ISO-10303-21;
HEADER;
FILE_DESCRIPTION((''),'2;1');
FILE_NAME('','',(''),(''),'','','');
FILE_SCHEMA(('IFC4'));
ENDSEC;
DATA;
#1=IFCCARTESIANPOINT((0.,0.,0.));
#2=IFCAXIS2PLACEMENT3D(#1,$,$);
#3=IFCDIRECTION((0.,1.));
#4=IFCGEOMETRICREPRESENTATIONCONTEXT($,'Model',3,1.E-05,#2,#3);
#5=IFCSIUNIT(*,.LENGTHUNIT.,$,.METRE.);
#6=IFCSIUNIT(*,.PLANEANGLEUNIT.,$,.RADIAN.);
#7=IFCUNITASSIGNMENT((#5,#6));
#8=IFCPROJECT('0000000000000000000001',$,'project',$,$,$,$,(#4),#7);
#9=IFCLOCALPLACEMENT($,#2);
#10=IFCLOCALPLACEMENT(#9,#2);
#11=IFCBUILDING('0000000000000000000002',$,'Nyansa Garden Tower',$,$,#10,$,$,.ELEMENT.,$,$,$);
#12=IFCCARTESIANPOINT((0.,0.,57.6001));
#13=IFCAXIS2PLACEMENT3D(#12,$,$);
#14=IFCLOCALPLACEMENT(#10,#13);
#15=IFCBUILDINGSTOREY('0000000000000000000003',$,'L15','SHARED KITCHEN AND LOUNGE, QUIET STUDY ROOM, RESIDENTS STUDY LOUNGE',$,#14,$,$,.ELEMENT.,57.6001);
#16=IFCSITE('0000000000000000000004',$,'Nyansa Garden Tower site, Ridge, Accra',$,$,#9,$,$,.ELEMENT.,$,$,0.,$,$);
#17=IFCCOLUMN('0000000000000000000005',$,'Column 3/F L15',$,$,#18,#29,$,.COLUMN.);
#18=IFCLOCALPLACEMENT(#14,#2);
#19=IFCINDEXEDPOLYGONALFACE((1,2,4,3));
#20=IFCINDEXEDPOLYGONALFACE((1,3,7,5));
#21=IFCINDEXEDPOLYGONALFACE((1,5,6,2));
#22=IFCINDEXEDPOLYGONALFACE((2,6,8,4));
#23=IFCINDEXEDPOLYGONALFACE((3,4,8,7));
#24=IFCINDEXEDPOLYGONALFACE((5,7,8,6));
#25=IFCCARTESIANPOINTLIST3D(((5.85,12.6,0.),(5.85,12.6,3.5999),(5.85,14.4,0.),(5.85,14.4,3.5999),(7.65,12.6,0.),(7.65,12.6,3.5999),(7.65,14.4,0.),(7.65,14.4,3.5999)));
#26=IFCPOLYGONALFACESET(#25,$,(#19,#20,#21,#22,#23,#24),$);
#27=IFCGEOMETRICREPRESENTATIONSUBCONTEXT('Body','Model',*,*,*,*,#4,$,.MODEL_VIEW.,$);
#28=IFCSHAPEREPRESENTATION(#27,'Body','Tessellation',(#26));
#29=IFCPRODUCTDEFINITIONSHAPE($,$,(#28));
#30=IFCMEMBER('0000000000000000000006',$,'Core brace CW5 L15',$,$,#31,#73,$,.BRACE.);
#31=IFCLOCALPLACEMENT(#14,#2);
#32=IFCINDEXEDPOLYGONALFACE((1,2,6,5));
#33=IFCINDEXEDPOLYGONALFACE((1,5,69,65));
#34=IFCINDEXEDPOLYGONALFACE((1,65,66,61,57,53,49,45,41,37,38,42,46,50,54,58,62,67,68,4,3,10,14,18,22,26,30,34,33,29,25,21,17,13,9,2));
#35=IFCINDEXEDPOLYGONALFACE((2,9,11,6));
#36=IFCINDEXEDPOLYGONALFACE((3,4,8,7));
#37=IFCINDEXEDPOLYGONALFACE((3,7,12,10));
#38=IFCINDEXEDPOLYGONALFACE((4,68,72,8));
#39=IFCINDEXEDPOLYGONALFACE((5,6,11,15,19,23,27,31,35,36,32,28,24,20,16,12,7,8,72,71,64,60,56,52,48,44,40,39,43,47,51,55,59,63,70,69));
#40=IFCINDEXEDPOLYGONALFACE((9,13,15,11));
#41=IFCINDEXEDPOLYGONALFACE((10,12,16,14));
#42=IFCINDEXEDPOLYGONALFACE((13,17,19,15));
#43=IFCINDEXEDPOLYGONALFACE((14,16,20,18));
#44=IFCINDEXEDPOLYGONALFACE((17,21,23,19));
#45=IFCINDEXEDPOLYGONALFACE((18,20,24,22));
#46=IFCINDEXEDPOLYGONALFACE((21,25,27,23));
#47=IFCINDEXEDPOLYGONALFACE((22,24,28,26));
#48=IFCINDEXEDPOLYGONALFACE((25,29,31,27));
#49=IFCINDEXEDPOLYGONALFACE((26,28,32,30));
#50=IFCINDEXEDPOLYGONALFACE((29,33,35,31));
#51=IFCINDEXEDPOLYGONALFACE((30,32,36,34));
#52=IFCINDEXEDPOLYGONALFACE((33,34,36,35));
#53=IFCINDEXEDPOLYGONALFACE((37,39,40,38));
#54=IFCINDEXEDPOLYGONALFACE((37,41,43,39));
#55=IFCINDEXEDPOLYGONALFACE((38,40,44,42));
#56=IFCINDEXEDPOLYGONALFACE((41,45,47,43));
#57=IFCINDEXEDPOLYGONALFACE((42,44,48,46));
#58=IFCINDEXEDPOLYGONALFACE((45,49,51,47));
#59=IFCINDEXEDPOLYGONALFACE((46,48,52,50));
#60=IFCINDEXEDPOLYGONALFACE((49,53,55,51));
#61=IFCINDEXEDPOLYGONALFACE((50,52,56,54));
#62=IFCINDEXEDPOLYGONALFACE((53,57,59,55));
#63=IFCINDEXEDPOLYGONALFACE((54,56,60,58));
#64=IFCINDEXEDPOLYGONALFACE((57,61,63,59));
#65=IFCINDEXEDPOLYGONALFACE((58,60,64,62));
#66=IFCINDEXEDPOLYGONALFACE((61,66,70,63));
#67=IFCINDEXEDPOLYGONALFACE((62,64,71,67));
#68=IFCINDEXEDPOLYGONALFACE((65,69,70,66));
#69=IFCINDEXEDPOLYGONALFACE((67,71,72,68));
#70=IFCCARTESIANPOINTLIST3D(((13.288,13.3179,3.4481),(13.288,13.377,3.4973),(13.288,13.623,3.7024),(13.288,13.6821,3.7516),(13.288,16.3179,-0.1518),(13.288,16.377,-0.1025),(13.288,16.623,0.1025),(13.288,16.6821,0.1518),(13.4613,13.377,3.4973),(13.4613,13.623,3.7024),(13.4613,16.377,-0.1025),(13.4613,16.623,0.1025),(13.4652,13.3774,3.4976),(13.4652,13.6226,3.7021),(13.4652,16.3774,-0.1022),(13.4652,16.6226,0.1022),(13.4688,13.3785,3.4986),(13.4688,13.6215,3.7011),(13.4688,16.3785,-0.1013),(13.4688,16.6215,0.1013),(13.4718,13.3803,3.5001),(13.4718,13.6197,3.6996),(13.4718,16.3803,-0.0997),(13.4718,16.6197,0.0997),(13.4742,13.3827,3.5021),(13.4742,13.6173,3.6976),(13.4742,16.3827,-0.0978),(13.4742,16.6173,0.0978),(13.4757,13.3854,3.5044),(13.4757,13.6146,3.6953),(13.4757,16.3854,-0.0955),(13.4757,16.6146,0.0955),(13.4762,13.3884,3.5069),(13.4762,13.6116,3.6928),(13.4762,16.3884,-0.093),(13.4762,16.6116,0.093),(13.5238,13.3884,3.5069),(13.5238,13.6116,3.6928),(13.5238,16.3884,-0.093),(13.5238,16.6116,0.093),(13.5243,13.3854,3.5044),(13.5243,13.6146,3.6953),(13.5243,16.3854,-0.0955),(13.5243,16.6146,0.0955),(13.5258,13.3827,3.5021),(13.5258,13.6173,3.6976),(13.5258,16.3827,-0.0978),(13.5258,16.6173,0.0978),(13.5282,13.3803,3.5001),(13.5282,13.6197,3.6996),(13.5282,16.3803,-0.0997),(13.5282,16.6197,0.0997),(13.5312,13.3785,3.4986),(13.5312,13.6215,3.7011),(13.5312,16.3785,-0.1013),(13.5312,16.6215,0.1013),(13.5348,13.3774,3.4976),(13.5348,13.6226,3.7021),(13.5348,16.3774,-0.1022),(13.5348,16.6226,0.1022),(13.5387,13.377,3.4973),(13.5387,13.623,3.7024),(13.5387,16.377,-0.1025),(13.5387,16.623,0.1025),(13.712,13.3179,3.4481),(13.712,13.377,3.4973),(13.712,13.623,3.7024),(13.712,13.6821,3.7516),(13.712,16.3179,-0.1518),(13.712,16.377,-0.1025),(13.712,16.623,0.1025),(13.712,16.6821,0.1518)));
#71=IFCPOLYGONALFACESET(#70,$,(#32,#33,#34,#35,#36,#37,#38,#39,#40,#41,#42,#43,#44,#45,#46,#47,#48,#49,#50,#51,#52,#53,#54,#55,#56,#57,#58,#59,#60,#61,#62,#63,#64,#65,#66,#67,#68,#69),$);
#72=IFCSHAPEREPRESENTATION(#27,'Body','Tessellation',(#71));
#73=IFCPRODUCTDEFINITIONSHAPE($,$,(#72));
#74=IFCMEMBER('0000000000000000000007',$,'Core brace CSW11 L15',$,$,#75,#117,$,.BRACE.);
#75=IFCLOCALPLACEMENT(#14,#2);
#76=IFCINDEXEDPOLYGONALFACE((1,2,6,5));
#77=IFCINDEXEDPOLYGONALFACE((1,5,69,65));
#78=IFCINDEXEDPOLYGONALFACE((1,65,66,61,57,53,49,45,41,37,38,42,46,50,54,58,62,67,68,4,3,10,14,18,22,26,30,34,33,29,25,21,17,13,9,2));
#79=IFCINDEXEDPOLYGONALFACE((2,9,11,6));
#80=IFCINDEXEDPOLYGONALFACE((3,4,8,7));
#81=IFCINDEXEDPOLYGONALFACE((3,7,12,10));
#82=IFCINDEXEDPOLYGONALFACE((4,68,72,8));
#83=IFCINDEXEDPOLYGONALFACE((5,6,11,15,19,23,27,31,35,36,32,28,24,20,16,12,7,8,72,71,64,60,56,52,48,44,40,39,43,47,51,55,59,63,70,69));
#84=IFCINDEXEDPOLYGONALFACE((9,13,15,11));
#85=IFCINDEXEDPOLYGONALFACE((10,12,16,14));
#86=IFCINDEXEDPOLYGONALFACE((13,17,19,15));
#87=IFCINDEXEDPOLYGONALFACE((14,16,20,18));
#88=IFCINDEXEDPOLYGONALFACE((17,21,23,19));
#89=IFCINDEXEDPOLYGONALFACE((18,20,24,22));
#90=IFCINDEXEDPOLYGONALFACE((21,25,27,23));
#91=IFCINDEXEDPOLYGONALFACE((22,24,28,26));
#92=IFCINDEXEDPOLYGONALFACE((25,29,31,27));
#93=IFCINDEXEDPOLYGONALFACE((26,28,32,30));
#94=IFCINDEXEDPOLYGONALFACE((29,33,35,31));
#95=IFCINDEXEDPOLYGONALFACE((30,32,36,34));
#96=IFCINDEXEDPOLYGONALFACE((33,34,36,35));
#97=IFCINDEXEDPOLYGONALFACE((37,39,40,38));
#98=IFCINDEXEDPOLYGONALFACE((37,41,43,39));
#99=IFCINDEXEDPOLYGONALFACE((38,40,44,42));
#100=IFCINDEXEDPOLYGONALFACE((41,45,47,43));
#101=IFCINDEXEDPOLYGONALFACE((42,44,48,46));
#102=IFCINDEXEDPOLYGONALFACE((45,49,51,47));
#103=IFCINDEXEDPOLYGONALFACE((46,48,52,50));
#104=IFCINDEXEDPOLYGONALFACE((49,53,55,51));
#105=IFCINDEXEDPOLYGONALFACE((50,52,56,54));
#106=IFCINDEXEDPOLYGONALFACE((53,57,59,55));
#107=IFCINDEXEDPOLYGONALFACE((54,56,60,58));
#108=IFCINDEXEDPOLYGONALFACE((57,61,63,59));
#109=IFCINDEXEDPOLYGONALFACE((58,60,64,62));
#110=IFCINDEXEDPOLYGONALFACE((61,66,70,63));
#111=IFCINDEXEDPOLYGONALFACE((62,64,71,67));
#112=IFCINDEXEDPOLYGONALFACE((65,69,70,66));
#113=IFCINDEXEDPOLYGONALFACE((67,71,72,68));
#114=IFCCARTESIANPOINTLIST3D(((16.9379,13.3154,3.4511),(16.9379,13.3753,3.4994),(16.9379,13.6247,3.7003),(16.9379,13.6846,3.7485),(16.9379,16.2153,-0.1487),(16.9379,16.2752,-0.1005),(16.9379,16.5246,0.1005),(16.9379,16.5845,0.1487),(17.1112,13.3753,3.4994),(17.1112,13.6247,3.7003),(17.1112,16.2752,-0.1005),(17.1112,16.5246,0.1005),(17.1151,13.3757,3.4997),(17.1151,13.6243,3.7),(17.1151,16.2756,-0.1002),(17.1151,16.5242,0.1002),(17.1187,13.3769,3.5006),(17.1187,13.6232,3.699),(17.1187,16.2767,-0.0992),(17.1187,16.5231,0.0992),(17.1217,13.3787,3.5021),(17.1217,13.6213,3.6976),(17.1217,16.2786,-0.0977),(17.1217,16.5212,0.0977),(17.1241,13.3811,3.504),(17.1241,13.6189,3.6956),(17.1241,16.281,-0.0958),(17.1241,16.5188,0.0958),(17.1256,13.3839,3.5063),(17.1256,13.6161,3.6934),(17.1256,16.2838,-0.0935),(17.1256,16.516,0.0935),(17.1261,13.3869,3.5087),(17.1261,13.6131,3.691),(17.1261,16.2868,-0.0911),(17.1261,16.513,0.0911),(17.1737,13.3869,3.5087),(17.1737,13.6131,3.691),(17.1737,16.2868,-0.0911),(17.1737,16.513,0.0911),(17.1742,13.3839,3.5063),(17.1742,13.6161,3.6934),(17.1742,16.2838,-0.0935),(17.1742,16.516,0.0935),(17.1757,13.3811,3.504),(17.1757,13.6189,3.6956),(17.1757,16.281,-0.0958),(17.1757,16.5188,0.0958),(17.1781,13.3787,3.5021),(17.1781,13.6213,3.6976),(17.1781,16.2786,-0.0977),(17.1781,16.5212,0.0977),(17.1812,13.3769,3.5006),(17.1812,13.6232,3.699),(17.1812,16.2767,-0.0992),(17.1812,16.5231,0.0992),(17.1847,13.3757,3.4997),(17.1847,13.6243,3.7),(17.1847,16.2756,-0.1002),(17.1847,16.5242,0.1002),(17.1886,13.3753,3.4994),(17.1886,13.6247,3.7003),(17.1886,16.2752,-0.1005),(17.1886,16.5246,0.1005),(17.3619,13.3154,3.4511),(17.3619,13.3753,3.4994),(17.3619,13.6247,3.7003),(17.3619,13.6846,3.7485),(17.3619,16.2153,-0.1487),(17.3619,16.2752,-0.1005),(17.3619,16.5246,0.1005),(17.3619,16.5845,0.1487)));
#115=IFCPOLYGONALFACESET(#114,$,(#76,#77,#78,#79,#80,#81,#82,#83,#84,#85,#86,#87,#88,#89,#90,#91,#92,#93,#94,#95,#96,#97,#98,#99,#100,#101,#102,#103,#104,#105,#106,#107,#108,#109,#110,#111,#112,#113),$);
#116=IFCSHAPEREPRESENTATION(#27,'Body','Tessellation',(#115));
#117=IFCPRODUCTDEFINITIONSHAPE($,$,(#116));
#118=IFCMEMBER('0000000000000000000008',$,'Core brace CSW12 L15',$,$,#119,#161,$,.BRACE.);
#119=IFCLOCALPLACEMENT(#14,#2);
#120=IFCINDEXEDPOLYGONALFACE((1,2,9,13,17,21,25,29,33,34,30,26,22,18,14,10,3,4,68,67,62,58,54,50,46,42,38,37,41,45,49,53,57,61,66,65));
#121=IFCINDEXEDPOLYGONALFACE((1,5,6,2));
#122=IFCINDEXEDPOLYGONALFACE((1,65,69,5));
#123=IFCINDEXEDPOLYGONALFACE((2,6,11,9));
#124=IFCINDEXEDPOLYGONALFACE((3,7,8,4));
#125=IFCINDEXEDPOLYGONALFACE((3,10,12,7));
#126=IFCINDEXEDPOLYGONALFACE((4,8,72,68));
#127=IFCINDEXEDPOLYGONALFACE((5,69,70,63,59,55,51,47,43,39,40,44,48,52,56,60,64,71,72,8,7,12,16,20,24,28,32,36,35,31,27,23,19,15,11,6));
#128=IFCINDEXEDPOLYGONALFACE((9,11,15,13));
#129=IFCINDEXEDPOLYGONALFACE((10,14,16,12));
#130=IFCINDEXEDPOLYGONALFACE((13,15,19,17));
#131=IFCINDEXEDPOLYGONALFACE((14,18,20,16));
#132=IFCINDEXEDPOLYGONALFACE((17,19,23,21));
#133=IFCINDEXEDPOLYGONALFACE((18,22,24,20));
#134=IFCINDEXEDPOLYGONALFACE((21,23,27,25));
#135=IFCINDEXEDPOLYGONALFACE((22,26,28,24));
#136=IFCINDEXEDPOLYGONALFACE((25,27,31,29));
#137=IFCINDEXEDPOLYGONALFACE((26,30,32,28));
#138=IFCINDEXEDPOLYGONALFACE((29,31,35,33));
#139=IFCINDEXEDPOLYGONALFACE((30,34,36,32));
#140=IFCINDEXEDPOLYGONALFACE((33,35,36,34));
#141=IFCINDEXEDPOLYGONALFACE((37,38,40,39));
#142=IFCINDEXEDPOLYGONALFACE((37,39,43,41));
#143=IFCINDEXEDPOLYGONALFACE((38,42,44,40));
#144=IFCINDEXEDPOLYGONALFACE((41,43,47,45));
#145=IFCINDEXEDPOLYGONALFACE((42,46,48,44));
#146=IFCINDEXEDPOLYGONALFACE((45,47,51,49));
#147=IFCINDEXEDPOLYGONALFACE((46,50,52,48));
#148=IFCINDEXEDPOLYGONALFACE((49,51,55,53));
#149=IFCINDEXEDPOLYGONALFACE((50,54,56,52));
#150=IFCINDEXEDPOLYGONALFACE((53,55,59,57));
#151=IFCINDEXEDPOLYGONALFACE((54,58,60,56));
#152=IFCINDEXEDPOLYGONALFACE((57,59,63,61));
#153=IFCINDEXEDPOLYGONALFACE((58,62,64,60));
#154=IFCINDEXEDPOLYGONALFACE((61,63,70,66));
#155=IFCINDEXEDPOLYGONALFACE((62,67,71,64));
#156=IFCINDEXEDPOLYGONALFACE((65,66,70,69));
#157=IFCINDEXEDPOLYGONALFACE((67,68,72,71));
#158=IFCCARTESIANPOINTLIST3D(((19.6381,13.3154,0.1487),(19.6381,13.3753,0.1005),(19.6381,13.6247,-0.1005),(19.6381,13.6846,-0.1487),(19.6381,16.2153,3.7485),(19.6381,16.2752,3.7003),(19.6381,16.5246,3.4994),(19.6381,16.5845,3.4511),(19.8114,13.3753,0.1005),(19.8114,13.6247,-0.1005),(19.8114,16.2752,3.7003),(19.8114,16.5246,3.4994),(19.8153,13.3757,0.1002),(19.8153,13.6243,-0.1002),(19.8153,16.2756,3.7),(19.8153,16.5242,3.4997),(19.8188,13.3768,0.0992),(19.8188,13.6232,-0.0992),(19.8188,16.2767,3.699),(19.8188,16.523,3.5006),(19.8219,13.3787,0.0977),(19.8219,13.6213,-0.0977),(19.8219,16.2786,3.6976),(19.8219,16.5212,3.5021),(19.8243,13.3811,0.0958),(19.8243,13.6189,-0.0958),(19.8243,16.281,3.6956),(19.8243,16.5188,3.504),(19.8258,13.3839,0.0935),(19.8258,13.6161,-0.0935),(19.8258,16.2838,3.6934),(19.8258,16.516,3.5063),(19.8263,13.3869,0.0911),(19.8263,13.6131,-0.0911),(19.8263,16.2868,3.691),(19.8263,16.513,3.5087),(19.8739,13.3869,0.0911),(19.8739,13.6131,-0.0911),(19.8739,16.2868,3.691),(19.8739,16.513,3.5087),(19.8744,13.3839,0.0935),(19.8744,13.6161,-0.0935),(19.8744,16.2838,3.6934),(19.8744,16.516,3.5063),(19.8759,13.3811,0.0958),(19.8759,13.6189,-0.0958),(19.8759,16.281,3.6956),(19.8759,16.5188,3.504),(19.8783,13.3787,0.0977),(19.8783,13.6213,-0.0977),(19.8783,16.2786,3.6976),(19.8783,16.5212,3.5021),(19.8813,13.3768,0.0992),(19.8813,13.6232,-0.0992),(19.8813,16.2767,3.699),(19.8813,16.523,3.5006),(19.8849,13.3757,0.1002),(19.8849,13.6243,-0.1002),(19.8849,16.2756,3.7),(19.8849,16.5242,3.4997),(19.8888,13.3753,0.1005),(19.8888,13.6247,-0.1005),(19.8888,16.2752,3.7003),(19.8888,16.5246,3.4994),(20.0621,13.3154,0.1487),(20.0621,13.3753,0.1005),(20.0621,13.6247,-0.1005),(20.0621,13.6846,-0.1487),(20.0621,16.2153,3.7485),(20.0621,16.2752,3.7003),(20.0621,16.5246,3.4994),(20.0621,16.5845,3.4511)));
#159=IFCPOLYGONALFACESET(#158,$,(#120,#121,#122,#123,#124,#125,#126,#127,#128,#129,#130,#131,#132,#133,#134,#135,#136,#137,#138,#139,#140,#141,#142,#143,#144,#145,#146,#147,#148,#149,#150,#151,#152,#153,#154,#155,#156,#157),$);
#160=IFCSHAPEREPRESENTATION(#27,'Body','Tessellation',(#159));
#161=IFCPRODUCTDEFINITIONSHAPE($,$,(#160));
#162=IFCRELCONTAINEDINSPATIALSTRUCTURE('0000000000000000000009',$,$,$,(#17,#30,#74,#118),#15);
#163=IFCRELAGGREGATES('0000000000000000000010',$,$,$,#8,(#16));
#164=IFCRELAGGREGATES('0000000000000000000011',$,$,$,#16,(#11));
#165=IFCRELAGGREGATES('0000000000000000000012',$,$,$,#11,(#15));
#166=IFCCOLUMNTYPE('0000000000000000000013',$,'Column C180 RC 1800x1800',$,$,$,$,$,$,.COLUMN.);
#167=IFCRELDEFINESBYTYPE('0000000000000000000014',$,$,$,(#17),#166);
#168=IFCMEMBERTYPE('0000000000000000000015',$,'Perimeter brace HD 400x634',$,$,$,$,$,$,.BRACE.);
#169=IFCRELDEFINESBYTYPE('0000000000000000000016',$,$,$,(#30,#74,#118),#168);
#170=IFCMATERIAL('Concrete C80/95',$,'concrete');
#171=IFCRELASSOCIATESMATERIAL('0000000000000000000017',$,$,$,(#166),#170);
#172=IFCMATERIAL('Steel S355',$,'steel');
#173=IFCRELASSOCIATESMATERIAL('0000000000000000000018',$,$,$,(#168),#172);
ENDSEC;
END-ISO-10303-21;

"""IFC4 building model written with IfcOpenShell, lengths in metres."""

from ifc_helpers import new_model, si_unit, direction, frame, origin, origin_2d, place, context, subcontext, project, spatial, rectangle, i_section, extrude, material, material_profile, profile_set, type_object, element, save


model = new_model("IFC4")

# Units and contexts
model_context = context("Model", 3, precision=1e-05, world=origin(), true_north=direction((0.0, 1.0)))
body_context = subcontext(model_context, "Body", "Model", "MODEL_VIEW")
ifc_project = project(units=[si_unit("LENGTHUNIT", "METRE"), si_unit("PLANEANGLEUNIT", "RADIAN")], contexts=[model_context])

# Site, building, storey
site_placement = place(None, origin())
site = spatial("IfcSite", under=ifc_project, at=site_placement, Name="Nyansa Garden Tower site, Ridge, Accra", CompositionType="ELEMENT", RefElevation=0.0)
building_placement = place(site_placement, origin())
building = spatial("IfcBuilding", under=site, at=building_placement, Name="Nyansa Garden Tower", CompositionType="ELEMENT")
storey_placement = place(building_placement, frame((0.0, 0.0, 57.6001)))
storey = spatial("IfcBuildingStorey", under=building, at=storey_placement, Name="L15", Description="SHARED KITCHEN AND LOUNGE, QUIET STUDY ROOM, RESIDENTS STUDY LOUNGE", CompositionType="ELEMENT", Elevation=57.6001)

# Column
ifc_material_1 = material(Name="Concrete C80/95", Category="concrete")
ifc_material_profile_1 = material_profile(ifc_material_1, rectangle(XDim=1.8, YDim=1.8, at=origin_2d()), Name="RC 1800x1800")
ifc_profile_set_1 = profile_set([ifc_material_profile_1], Name="Concrete C80/95")
column_type = type_object("IfcColumnType", Name="Column C180 RC 1800x1800", PredefinedType="COLUMN", material=ifc_profile_set_1)
column_placement = place(storey_placement, frame((6.75, 13.5, 0.0), z_axis=(0.0, 0.0, 1.0), x_axis=(1.0, 0.0, 0.0)))
element("IfcColumn", 1, at=column_placement, inside=storey, type_object=column_type, Name="Column 3/F L15", PredefinedType="COLUMN", context=body_context, shape_type="SweptSolid", body=[
    extrude(rectangle(XDim=1.8, YDim=1.8, at=origin_2d()), origin(), (0.0, 0.0, 1.0), 3.5999),
])

# Members
ifc_material_2 = material(Name="Steel S355", Category="steel")
ifc_material_profile_2 = material_profile(ifc_material_2, i_section(OverallWidth=0.4241, OverallDepth=0.4741, WebThickness=0.0476, FlangeThickness=0.0769, FilletRadius=0.0149, at=origin_2d()), Name="HD 400x634")
ifc_profile_set_2 = profile_set([ifc_material_profile_2], Name="Steel S355")
member_type = type_object("IfcMemberType", Name="Perimeter brace HD 400x634", PredefinedType="BRACE", material=ifc_profile_set_2)
member_placement = place(storey_placement, frame((13.5, 16.5, 0.0), z_axis=(0.0, -0.6402, 0.768208), x_axis=(1.0, 0.0, 0.0)))
element("IfcMember", 2, at=member_placement, inside=storey, type_object=member_type, Name="Core brace CW5 L15", PredefinedType="BRACE", context=body_context, shape_type="SweptSolid", body=[
    extrude(i_section(OverallWidth=0.4241, OverallDepth=0.4741, WebThickness=0.0476, FlangeThickness=0.0769, FilletRadius=0.0149, at=origin_2d()), origin(), (0.0, 0.0, 1.0), 4.686),
])
for number, where, z_axis, x_axis, name in (
    (3, (17.1499, 16.3999, 0.0), (0.0, -0.627332, 0.778752), (1.0, 0.0, 0.0), "Core brace CSW11 L15"),
    (4, (19.8501, 13.5, 0.0), (0.0, 0.627332, 0.778752), (-1.0, 0.0, 0.0), "Core brace CSW12 L15"),
):
    element("IfcMember", number, at=place(storey_placement, frame(where, z_axis=z_axis, x_axis=x_axis)), inside=storey, type_object=member_type, Name=name, PredefinedType="BRACE", context=body_context, shape_type="SweptSolid", body=[
        extrude(i_section(OverallWidth=0.4241, OverallDepth=0.4741, WebThickness=0.0476, FlangeThickness=0.0769, FilletRadius=0.0149, at=origin_2d()), origin(), (0.0, 0.0, 1.0), 4.6226),
    ])

save(model, "model.ifc")
